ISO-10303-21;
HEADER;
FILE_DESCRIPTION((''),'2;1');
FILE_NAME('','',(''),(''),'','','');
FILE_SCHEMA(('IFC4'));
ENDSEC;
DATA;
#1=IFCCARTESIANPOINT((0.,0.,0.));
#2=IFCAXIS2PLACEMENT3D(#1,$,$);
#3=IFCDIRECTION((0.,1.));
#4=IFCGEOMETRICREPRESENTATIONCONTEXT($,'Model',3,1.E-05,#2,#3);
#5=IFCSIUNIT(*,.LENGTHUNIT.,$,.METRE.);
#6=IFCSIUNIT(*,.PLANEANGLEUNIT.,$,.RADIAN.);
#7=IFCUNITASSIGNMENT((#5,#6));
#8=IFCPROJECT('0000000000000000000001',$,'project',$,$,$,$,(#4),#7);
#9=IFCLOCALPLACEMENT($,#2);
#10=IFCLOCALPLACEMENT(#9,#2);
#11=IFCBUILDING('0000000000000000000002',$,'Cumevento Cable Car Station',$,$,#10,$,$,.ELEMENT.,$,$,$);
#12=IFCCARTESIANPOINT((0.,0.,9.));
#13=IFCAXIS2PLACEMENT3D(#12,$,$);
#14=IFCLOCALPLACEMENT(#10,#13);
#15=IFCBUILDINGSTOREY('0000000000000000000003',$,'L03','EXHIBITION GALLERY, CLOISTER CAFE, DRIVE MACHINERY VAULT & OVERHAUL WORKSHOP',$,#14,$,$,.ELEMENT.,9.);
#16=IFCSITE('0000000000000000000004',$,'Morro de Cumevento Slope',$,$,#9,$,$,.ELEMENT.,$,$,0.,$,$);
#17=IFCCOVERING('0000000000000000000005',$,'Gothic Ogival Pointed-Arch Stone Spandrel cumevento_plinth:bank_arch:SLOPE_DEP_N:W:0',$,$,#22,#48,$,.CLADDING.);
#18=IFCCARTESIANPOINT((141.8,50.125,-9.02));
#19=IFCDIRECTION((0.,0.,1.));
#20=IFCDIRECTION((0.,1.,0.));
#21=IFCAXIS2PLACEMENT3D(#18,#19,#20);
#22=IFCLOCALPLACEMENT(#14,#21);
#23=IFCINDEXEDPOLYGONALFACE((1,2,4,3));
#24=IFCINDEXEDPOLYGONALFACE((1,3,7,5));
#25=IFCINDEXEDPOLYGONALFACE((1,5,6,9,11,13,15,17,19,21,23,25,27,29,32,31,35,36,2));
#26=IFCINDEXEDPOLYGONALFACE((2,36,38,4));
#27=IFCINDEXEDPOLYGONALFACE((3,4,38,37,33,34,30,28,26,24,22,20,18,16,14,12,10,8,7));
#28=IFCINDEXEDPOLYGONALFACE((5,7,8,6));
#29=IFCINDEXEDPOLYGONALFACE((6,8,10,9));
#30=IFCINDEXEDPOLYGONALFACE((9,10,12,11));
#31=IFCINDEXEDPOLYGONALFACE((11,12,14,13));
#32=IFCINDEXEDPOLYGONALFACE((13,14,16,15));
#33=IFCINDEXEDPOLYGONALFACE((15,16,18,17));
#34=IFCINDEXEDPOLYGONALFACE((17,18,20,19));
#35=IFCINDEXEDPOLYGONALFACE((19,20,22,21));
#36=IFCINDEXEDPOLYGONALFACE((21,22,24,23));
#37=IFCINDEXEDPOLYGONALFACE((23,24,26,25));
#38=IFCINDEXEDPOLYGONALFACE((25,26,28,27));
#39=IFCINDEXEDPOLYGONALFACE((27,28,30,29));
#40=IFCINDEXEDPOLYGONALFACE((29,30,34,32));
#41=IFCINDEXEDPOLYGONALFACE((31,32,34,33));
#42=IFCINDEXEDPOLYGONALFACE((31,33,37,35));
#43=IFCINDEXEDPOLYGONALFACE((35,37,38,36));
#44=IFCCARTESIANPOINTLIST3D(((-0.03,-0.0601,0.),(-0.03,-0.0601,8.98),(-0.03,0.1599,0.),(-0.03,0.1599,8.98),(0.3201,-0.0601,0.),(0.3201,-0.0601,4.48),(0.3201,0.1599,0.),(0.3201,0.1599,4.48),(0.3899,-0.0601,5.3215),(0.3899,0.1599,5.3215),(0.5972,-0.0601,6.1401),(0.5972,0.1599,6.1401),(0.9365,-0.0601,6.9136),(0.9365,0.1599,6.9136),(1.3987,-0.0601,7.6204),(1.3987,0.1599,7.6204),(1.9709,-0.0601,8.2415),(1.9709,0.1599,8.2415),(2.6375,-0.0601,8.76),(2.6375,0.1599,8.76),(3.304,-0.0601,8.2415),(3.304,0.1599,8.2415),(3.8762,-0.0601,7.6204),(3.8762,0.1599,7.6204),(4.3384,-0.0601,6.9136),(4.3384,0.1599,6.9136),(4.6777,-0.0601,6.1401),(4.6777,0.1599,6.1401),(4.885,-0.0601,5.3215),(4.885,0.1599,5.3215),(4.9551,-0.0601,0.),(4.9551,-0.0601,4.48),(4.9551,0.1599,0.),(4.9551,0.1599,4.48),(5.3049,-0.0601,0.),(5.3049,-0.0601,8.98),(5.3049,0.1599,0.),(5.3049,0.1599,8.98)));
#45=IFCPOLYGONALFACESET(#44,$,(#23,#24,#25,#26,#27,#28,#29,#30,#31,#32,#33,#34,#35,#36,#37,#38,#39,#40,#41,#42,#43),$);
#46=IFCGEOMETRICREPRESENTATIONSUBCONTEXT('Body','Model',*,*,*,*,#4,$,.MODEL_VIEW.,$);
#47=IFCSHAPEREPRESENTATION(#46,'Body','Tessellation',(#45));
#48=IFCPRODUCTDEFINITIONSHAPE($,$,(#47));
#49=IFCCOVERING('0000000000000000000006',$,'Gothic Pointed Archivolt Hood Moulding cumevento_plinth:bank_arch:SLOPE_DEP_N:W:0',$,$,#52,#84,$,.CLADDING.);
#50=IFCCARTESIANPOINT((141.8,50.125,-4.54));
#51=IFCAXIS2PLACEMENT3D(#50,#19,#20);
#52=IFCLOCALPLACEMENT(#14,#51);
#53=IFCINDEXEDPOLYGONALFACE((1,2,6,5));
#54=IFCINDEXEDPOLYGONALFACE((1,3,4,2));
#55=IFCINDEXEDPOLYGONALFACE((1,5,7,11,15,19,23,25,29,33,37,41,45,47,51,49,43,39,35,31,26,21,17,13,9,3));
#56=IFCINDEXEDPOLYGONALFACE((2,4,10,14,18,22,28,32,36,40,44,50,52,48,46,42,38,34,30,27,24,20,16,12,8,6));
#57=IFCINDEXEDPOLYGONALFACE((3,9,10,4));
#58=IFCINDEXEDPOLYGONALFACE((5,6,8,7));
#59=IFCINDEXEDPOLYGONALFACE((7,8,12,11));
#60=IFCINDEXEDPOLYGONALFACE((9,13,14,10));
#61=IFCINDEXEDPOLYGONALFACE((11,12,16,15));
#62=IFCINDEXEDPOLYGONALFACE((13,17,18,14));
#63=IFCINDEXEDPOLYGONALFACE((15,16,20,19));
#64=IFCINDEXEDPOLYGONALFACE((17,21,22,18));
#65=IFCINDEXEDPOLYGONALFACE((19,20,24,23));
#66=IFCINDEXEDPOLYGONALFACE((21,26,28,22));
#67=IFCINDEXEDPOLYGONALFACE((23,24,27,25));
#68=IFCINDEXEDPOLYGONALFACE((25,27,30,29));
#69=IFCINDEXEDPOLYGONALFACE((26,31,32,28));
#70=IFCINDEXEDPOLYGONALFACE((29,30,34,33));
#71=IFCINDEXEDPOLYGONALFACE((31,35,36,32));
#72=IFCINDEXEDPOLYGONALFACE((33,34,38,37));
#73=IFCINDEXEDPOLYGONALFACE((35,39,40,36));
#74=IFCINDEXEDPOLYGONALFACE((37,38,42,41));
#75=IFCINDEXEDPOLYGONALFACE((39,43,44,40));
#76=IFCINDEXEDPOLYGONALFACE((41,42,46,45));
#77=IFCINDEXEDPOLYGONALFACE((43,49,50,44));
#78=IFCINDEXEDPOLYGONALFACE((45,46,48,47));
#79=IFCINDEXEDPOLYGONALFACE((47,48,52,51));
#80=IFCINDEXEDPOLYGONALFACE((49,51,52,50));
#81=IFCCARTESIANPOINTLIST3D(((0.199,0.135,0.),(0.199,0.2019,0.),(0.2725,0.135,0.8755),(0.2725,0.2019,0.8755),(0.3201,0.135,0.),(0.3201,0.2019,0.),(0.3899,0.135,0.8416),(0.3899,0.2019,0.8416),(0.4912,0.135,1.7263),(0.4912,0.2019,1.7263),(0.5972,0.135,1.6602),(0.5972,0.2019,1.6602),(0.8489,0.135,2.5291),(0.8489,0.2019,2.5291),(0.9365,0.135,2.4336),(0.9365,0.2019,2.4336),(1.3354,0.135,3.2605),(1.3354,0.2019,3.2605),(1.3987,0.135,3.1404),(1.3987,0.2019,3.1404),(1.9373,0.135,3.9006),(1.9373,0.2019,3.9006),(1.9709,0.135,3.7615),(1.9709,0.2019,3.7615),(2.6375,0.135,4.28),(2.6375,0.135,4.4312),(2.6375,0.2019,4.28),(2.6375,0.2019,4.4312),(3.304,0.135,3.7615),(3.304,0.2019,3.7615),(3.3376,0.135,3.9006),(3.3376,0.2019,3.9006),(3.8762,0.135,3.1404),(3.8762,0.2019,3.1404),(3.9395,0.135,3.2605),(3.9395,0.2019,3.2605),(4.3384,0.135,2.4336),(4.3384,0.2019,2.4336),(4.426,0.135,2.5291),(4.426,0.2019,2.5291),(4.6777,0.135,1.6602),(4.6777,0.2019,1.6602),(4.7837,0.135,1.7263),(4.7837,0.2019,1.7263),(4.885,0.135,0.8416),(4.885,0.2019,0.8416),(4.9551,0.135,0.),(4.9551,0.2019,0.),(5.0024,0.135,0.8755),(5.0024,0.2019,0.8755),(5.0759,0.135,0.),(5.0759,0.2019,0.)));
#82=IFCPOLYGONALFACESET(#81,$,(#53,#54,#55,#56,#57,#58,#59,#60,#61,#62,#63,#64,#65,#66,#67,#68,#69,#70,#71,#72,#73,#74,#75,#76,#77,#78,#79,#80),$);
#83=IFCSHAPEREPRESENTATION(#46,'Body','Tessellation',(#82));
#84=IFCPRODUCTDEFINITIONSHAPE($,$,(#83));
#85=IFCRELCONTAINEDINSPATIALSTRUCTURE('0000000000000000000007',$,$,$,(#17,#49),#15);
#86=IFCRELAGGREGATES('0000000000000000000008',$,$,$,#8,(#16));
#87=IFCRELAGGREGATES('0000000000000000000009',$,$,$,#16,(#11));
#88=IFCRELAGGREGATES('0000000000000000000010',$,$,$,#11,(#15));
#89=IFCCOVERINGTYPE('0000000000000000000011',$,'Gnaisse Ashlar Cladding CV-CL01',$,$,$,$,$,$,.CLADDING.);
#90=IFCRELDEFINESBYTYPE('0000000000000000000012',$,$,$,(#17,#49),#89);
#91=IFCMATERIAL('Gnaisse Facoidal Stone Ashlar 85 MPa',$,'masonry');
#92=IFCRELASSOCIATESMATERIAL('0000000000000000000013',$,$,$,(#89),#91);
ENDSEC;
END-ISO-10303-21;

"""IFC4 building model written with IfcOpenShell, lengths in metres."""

from ifc_helpers import new_model, si_unit, direction, frame, origin, place, context, subcontext, project, spatial, polyline, outline, extrude, material, type_object, element, save


model = new_model("IFC4")

# Units and contexts
model_context = context("Model", 3, precision=1e-05, world=origin(), true_north=direction((0.0, 1.0)))
body_context = subcontext(model_context, "Body", "Model", "MODEL_VIEW")
ifc_project = project(units=[si_unit("LENGTHUNIT", "METRE"), si_unit("PLANEANGLEUNIT", "RADIAN")], contexts=[model_context])

# Site, building, storey
site_placement = place(None, origin())
site = spatial("IfcSite", under=ifc_project, at=site_placement, Name="Morro de Cumevento Slope", CompositionType="ELEMENT", RefElevation=0.0)
building_placement = place(site_placement, origin())
building = spatial("IfcBuilding", under=site, at=building_placement, Name="Cumevento Cable Car Station", CompositionType="ELEMENT")
storey_placement = place(building_placement, frame((0.0, 0.0, 9.0)))
storey = spatial("IfcBuildingStorey", under=building, at=storey_placement, Name="L03", Description="EXHIBITION GALLERY, CLOISTER CAFE, DRIVE MACHINERY VAULT & OVERHAUL WORKSHOP", CompositionType="ELEMENT", Elevation=9.0)

# Coverings
ifc_material_1 = material(Name="Gnaisse Facoidal Stone Ashlar 85 MPa", Category="masonry")
covering_type = type_object("IfcCoveringType", Name="Gnaisse Ashlar Cladding CV-CL01", PredefinedType="CLADDING", material=ifc_material_1)
covering_1_placement = place(storey_placement, frame((141.8, 50.125, -9.02), z_axis=(0.0, 0.0, 1.0), x_axis=(0.0, 1.0, 0.0)))
element("IfcCovering", 1, at=covering_1_placement, inside=storey, type_object=covering_type, Name="Gothic Ogival Pointed-Arch Stone Spandrel cumevento_plinth:bank_arch:SLOPE_DEP_N:W:0", PredefinedType="CLADDING", context=body_context, shape_type="SweptSolid", body=[
    extrude(outline(polyline([(-0.03, 0.0), (-0.03, 8.98), (5.3049, 8.98), (5.3049, 0.0), (4.9551, 0.0), (4.9551, 4.48), (4.885, 5.3215), (4.6777, 6.1401), (4.3384, 6.9136), (3.8762, 7.6204), (3.304, 8.2415), (2.6375, 8.76), (1.9709, 8.2415), (1.3987, 7.6204), (0.9365, 6.9136), (0.5972, 6.1401), (0.3899, 5.3215), (0.3201, 4.48), (0.3201, 0.0), (-0.03, 0.0)])), frame((0.0, 0.1599, 0.0), z_axis=(0.0, -1.0, 0.0), x_axis=(1.0, 0.0, 0.0)), (0.0, 0.0, 1.0), 0.22),
])
covering_2_placement = place(storey_placement, frame((141.8, 50.125, -4.54), z_axis=(0.0, 0.0, 1.0), x_axis=(0.0, 1.0, 0.0)))
element("IfcCovering", 2, at=covering_2_placement, inside=storey, type_object=covering_type, Name="Gothic Pointed Archivolt Hood Moulding cumevento_plinth:bank_arch:SLOPE_DEP_N:W:0", PredefinedType="CLADDING", context=body_context, shape_type="SweptSolid", body=[
    extrude(outline(polyline([(0.3201, 0.0), (0.3899, 0.8416), (0.5972, 1.6602), (0.9365, 2.4336), (1.3987, 3.1404), (1.9709, 3.7615), (2.6375, 4.28), (3.304, 3.7615), (3.8762, 3.1404), (4.3384, 2.4336), (4.6777, 1.6602), (4.885, 0.8416), (4.9551, 0.0), (5.0759, 0.0), (5.0024, 0.8755), (4.7837, 1.7263), (4.426, 2.5291), (3.9395, 3.2605), (3.3376, 3.9006), (2.6375, 4.4312), (1.9373, 3.9006), (1.3354, 3.2605), (0.8489, 2.5291), (0.4912, 1.7263), (0.2725, 0.8755), (0.199, 0.0), (0.3201, 0.0)])), frame((0.0, 0.2019, 0.0), z_axis=(0.0, -1.0, 0.0), x_axis=(1.0, 0.0, 0.0)), (0.0, 0.0, 1.0), 0.0669),
])

save(model, "model.ifc")
